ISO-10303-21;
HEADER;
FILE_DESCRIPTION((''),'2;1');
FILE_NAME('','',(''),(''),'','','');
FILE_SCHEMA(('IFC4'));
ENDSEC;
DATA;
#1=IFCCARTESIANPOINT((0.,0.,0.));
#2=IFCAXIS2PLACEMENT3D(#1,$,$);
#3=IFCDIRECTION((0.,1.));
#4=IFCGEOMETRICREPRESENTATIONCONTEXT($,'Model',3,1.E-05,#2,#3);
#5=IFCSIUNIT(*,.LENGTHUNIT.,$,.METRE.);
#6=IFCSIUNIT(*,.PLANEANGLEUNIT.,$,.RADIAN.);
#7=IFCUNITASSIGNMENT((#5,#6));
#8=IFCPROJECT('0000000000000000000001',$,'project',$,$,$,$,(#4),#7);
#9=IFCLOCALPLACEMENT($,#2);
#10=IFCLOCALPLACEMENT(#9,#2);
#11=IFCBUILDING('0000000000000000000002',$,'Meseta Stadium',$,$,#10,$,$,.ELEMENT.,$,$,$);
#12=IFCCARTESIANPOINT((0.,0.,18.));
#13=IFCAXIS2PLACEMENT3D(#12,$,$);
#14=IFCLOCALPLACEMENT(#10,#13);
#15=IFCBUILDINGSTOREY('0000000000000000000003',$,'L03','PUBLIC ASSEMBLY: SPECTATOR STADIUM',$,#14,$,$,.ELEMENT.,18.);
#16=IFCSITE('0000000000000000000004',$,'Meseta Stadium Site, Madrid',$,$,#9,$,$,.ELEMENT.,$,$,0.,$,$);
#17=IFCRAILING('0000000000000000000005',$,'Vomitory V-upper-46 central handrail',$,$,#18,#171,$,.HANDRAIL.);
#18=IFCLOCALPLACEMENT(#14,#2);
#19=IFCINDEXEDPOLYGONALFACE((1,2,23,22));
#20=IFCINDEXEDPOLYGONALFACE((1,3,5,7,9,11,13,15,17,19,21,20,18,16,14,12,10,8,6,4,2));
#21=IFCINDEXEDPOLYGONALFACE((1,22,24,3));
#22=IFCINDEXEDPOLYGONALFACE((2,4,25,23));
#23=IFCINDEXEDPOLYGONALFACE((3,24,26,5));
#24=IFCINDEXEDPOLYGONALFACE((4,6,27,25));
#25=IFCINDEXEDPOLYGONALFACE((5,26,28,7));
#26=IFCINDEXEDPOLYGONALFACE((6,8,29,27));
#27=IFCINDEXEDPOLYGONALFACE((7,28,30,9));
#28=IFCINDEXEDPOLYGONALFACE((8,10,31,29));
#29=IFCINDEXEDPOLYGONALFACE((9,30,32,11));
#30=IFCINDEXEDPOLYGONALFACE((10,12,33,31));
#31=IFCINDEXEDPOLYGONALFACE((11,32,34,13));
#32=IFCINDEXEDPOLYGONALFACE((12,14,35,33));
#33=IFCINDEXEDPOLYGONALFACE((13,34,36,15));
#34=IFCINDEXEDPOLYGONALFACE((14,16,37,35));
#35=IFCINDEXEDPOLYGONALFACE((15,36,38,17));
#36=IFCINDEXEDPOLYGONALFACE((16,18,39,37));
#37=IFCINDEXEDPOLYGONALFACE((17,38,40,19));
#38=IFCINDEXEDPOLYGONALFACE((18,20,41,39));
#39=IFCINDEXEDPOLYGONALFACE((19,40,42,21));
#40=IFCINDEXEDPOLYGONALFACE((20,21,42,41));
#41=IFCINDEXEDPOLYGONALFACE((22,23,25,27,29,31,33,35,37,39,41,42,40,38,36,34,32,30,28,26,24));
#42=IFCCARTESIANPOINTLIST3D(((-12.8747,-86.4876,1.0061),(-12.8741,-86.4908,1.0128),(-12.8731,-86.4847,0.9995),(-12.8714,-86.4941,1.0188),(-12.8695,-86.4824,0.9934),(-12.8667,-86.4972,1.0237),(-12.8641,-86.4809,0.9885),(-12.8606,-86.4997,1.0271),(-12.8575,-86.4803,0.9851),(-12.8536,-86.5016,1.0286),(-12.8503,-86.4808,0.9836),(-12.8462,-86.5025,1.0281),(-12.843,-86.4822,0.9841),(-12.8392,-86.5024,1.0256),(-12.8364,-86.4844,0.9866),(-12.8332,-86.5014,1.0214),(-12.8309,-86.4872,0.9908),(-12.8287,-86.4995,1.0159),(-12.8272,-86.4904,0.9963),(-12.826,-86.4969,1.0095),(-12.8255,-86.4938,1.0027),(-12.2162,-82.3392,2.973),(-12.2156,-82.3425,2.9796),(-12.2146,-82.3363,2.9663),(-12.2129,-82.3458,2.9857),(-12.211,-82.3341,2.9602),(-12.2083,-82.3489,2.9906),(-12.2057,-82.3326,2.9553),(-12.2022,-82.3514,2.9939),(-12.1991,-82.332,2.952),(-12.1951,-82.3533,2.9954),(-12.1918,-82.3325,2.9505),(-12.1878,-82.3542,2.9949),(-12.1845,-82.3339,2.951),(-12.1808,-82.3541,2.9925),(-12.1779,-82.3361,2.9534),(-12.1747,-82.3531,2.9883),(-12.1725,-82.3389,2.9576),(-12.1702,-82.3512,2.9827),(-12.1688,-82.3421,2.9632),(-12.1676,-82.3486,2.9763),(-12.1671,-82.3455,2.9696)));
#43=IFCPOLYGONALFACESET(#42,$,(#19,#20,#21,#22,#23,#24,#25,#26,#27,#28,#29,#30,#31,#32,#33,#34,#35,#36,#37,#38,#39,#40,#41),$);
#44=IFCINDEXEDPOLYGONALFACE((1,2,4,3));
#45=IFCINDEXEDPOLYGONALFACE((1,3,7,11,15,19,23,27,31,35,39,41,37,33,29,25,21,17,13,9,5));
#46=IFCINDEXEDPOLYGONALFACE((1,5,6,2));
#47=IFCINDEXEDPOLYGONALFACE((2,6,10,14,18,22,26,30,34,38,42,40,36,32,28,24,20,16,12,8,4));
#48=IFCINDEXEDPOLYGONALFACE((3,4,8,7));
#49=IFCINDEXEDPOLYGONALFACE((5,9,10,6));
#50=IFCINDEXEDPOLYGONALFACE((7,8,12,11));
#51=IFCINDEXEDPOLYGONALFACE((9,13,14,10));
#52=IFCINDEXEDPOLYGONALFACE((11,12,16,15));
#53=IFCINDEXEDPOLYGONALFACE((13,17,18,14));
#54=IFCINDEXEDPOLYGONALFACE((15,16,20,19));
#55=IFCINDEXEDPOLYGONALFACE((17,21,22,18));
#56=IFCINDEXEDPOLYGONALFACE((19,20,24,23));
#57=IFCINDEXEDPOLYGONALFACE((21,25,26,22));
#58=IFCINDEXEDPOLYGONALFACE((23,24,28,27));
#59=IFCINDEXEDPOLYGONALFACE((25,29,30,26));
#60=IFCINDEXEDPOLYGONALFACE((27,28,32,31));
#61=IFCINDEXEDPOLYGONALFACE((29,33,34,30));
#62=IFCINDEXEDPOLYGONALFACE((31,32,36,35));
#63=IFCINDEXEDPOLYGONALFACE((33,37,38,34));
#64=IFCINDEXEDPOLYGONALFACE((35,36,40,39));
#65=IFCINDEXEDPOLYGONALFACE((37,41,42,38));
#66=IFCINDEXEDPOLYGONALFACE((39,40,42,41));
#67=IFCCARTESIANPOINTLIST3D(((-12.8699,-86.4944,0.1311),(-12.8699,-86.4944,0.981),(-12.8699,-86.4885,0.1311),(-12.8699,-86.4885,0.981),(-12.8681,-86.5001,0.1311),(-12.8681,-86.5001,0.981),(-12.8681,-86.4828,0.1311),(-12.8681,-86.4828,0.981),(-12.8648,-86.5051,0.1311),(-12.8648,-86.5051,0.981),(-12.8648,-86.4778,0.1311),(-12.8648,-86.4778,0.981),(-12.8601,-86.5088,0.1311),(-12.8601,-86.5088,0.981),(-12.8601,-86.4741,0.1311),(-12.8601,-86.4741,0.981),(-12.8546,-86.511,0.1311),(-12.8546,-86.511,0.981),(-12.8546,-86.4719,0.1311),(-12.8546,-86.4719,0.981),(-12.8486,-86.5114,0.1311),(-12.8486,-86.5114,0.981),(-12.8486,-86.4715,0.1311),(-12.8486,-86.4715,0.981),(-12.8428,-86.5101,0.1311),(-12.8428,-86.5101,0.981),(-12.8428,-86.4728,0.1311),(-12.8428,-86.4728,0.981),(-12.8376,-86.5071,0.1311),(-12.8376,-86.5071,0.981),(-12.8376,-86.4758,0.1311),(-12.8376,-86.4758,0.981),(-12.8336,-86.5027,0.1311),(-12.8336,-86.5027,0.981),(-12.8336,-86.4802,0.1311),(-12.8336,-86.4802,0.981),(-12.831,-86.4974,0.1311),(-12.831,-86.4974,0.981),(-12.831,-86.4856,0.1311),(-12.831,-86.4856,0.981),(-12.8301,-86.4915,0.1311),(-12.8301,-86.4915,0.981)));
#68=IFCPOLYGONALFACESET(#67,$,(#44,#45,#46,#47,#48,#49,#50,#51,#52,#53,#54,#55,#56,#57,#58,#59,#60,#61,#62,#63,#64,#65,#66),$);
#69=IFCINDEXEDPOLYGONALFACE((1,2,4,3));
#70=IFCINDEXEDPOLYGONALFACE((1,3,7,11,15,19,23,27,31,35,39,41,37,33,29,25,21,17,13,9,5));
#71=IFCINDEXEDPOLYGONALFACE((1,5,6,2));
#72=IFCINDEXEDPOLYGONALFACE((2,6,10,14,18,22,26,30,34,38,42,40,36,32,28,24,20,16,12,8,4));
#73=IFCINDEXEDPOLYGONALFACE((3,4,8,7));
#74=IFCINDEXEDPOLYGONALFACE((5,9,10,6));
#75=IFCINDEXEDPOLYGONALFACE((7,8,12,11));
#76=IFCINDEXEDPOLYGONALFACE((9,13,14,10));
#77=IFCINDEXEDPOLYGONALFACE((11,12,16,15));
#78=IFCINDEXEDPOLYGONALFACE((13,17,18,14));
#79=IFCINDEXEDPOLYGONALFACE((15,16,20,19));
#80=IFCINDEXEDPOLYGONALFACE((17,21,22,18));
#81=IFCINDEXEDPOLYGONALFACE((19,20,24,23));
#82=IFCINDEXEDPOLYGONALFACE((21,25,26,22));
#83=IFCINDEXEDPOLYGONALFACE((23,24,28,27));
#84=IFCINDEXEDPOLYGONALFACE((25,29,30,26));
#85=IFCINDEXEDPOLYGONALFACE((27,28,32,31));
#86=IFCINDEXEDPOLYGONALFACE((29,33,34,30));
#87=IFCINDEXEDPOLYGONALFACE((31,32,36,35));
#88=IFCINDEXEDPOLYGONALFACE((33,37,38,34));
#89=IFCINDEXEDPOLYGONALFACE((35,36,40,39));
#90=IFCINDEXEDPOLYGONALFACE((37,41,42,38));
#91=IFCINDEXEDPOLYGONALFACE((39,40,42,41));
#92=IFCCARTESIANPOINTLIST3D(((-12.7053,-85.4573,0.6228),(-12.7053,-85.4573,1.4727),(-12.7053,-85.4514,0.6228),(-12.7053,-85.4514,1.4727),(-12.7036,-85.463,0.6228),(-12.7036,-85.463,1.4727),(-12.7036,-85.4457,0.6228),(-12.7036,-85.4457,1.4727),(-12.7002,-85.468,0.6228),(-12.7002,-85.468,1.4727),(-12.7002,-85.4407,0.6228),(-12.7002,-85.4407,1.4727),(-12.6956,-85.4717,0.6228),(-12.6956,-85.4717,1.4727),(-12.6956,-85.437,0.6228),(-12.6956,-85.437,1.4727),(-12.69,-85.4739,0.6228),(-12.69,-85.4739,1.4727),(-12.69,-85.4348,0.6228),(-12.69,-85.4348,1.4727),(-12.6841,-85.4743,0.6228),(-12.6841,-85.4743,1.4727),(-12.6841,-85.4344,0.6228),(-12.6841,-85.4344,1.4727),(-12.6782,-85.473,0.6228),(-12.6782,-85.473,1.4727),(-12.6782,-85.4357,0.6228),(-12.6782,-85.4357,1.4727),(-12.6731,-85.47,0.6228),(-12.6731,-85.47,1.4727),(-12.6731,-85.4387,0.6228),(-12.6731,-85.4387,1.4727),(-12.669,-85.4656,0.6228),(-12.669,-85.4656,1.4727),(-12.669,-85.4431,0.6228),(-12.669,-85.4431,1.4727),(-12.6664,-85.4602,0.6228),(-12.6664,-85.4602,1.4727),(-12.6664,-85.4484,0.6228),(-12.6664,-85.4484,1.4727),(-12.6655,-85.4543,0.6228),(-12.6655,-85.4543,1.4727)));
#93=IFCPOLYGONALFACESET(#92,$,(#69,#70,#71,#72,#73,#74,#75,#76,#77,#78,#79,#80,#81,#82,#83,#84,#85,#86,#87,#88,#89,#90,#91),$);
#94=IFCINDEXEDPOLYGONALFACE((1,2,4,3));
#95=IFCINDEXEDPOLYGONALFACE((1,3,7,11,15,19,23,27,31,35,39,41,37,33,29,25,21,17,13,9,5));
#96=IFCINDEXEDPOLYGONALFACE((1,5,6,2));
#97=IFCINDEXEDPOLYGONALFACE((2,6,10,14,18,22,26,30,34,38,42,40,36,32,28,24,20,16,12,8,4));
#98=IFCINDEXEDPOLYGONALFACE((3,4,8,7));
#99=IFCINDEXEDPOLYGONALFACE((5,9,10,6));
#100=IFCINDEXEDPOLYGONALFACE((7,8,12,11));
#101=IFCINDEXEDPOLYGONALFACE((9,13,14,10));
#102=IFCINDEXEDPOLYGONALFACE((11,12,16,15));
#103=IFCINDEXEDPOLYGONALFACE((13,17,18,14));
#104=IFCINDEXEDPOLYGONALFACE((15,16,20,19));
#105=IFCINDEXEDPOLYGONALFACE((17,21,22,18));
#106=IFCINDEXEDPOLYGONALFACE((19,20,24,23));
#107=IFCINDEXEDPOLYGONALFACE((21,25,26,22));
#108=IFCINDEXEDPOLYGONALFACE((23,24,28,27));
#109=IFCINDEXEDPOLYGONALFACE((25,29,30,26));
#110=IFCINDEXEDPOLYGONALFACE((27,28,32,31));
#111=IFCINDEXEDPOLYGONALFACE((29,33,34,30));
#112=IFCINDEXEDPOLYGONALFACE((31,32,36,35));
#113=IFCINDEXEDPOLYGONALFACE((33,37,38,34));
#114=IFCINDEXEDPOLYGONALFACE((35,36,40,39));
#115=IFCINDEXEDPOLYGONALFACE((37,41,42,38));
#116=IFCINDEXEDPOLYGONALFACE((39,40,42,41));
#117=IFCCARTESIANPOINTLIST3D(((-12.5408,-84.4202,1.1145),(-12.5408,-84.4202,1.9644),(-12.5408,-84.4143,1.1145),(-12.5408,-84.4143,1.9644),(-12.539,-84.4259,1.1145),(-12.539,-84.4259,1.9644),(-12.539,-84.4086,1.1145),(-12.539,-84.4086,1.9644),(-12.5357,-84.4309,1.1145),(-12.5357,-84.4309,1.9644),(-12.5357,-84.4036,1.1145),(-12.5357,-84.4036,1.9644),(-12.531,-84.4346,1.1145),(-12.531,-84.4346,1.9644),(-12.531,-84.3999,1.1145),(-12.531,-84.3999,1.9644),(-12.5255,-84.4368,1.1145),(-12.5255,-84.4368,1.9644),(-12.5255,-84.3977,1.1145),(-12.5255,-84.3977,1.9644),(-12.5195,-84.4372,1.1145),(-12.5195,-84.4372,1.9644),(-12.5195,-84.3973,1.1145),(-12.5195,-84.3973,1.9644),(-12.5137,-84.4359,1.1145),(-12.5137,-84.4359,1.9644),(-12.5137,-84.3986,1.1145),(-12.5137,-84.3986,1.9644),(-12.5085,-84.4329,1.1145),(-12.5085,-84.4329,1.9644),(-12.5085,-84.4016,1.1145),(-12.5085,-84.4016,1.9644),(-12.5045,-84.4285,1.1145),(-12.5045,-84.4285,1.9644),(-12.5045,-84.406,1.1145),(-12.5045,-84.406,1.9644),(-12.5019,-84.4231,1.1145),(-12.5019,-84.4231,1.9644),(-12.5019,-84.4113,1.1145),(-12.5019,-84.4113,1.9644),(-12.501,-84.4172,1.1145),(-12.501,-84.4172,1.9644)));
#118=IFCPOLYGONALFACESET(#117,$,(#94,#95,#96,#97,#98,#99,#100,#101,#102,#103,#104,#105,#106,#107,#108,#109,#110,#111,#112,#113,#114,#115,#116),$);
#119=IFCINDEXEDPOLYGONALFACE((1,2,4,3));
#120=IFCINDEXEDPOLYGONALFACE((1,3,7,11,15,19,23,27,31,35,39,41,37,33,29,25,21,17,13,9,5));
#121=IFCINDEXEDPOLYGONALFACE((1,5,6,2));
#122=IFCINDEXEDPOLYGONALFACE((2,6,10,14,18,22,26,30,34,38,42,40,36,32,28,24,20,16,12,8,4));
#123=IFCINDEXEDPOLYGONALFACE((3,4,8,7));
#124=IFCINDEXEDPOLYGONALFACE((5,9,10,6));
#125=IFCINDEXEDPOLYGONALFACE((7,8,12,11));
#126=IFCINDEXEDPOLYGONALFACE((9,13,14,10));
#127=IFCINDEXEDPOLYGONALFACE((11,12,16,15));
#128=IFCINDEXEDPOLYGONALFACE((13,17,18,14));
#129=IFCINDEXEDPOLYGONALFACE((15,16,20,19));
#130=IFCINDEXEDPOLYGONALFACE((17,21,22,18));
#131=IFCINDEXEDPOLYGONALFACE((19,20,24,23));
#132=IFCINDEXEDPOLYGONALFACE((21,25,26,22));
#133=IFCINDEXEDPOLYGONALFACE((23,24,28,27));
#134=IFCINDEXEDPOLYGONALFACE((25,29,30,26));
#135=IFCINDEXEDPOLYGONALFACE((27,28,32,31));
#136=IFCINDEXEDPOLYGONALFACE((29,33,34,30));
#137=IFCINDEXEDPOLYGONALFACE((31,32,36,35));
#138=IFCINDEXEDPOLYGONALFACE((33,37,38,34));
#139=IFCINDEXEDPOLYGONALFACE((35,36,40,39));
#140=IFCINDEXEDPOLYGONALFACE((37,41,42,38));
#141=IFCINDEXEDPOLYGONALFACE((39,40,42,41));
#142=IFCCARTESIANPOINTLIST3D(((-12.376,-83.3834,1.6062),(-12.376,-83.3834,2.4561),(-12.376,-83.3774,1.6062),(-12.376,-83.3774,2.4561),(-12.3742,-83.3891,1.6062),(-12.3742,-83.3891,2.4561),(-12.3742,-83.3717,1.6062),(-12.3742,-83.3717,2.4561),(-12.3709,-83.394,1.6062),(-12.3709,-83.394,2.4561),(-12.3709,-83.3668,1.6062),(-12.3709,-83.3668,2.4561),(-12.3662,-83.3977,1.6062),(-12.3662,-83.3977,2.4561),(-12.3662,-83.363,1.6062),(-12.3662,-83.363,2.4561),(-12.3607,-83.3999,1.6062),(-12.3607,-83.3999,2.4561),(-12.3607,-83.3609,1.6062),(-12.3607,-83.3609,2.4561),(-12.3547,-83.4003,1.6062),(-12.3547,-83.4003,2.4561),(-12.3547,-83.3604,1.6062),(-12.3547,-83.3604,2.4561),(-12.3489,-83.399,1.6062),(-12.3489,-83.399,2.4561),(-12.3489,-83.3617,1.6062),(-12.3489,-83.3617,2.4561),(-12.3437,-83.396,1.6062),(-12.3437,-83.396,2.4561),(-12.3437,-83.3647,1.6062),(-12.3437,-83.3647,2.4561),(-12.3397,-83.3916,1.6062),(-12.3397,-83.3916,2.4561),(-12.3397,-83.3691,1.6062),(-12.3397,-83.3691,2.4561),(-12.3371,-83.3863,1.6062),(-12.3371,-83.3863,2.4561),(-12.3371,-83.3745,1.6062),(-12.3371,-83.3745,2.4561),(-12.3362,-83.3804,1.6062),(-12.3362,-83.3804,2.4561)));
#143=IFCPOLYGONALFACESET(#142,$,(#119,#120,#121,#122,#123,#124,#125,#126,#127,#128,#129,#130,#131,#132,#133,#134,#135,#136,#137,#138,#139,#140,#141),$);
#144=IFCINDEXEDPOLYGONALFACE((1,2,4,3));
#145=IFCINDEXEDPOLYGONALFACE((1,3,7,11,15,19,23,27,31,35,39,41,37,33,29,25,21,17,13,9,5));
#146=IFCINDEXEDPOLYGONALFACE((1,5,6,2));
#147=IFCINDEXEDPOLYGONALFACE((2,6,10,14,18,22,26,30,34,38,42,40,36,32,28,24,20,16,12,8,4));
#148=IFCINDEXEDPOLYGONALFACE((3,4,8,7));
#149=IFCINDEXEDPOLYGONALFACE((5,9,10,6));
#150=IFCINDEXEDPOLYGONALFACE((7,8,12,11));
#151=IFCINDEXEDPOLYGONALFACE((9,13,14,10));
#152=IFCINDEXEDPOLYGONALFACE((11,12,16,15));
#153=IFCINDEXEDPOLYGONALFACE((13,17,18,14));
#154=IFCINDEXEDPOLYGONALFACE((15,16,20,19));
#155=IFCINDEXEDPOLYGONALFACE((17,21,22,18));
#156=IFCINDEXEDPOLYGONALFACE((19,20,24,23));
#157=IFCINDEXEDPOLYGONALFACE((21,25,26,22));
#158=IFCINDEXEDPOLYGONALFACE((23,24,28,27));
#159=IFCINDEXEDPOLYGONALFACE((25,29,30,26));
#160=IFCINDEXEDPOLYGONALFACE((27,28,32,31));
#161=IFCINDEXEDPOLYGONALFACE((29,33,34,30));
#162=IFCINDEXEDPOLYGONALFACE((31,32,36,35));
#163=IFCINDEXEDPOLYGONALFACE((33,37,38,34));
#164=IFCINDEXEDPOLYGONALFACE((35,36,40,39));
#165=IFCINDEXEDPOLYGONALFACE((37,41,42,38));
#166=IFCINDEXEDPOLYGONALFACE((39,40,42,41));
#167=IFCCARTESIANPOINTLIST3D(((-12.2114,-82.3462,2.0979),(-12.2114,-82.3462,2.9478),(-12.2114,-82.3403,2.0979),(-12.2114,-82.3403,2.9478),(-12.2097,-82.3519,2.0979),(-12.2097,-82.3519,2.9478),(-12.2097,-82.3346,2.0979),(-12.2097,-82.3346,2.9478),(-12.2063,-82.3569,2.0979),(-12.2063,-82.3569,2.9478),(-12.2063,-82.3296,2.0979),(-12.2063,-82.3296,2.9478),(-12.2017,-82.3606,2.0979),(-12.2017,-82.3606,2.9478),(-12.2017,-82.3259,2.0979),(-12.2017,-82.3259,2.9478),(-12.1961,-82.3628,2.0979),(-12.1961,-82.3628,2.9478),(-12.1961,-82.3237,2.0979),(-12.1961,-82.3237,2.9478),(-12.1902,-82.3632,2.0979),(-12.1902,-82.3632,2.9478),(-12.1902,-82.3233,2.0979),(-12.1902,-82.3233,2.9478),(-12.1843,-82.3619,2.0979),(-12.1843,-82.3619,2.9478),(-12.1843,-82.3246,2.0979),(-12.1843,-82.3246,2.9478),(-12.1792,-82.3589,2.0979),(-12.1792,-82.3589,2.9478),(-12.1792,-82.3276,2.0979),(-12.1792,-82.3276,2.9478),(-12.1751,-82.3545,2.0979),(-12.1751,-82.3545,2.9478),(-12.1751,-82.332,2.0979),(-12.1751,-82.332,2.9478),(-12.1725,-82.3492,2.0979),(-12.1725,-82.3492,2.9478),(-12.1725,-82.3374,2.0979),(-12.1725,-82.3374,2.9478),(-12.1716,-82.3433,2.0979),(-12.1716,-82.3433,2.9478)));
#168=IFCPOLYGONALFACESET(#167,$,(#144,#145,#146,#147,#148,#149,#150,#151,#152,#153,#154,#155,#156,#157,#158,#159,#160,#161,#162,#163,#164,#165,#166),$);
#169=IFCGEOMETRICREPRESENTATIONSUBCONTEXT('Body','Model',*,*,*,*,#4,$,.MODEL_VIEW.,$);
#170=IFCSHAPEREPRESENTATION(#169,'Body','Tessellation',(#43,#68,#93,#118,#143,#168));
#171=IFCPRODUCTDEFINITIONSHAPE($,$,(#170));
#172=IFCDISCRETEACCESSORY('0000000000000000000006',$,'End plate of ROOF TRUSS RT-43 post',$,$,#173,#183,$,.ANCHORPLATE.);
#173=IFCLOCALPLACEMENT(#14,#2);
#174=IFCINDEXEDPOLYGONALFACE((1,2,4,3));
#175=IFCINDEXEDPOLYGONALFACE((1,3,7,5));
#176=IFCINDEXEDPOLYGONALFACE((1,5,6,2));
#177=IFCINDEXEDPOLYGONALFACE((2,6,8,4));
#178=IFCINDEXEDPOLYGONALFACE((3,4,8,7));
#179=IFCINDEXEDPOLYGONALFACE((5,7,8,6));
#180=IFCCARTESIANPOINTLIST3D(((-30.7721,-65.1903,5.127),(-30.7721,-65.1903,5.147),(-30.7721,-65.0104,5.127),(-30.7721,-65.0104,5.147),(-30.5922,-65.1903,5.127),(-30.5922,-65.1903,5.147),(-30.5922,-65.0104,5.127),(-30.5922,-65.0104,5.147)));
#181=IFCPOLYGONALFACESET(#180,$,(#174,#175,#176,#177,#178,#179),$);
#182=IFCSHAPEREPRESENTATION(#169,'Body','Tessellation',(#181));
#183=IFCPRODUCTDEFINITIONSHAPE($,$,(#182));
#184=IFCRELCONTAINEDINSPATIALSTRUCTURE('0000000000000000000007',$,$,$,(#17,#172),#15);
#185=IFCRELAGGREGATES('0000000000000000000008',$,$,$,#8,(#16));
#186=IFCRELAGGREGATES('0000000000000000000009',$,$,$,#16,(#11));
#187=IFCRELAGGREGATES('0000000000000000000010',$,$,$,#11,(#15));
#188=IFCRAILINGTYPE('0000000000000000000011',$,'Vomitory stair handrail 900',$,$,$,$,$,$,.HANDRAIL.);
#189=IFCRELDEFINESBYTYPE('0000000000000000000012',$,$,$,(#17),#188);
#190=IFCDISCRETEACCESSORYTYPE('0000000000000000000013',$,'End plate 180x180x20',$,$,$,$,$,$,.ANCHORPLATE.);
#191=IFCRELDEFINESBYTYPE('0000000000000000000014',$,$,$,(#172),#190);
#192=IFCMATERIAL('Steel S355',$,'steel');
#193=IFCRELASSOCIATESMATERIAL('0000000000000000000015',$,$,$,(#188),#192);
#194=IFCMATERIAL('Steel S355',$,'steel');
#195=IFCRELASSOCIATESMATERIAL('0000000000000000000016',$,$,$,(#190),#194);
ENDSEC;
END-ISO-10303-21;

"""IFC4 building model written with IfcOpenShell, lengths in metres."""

from ifc_helpers import new_model, si_unit, direction, frame, origin, origin_2d, place, context, subcontext, project, spatial, rectangle, circle, extrude, material, material_profile, profile_set, type_object, element, save


model = new_model("IFC4")

# Units and contexts
model_context = context("Model", 3, precision=1e-05, world=origin(), true_north=direction((0.0, 1.0)))
body_context = subcontext(model_context, "Body", "Model", "MODEL_VIEW")
ifc_project = project(units=[si_unit("LENGTHUNIT", "METRE"), si_unit("PLANEANGLEUNIT", "RADIAN")], contexts=[model_context])

# Site, building, storey
site_placement = place(None, origin())
site = spatial("IfcSite", under=ifc_project, at=site_placement, Name="Meseta Stadium Site, Madrid", CompositionType="ELEMENT", RefElevation=0.0)
building_placement = place(site_placement, origin())
building = spatial("IfcBuilding", under=site, at=building_placement, Name="Meseta Stadium", CompositionType="ELEMENT")
storey_placement = place(building_placement, frame((0.0, 0.0, 18.0)))
storey = spatial("IfcBuildingStorey", under=building, at=storey_placement, Name="L03", Description="PUBLIC ASSEMBLY: SPECTATOR STADIUM", CompositionType="ELEMENT", Elevation=18.0)

# Railing
ifc_material_1 = material(Name="Steel S355", Category="steel")
railing_type_1 = type_object("IfcRailingType", Name="Vomitory stair handrail 900", PredefinedType="HANDRAIL", material=ifc_material_1)
railing_1_placement = place(storey_placement, frame((-12.8501, -86.4915, 0.1311)))
element("IfcRailing", 1, at=railing_1_placement, inside=storey, type_object=railing_type_1, Name="Vomitory V-upper-46 central handrail", PredefinedType="HANDRAIL", context=body_context, shape_type="SweptSolid", body=[
    extrude(circle(Radius=0.0249, at=origin_2d()), frame((0.0, 0.0, 0.875), z_axis=(0.141974, 0.894428, 0.424078), x_axis=(-0.987635, 0.156768, 0.0)), (0.0, 0.0, 1.0), 4.6379),
    extrude(circle(Radius=0.02, at=origin_2d()), origin(), (0.0, 0.0, 1.0), 0.8499),
    extrude(circle(Radius=0.02, at=origin_2d()), frame((0.1646, 1.0371, 0.4917)), (0.0, 0.0, 1.0), 0.8499),
    extrude(circle(Radius=0.02, at=origin_2d()), frame((0.3291, 2.0742, 0.9834)), (0.0, 0.0, 1.0), 0.8499),
    extrude(circle(Radius=0.02, at=origin_2d()), frame((0.4939, 3.1111, 1.4751)), (0.0, 0.0, 1.0), 0.8499),
    extrude(circle(Radius=0.02, at=origin_2d()), frame((0.6584, 4.1482, 1.9668)), (0.0, 0.0, 1.0), 0.8499),
])

# Discrete accessory
ifc_material_2 = material(Name="Steel S355", Category="steel")
ifc_material_profile_1 = material_profile(ifc_material_2, rectangle(XDim=0.1799, YDim=0.1799, at=origin_2d()), Name="PL 180x180")
ifc_profile_set_1 = profile_set([ifc_material_profile_1], Name="Steel S355")
discrete_accessory_type = type_object("IfcDiscreteAccessoryType", Name="End plate 180x180x20", PredefinedType="ANCHORPLATE", material=ifc_profile_set_1)
discrete_accessory_placement = place(storey_placement, frame((-30.6821, -65.1003, 5.127), z_axis=(0.0, 0.0, 1.0), x_axis=(1.0, 0.0, 0.0)))
element("IfcDiscreteAccessory", 2, at=discrete_accessory_placement, inside=storey, type_object=discrete_accessory_type, Name="End plate of ROOF TRUSS RT-43 post", PredefinedType="ANCHORPLATE", context=body_context, shape_type="SweptSolid", body=[
    extrude(rectangle(XDim=0.1799, YDim=0.1799, at=origin_2d()), origin(), (0.0, 0.0, 1.0), 0.02),
])

save(model, "model.ifc")
